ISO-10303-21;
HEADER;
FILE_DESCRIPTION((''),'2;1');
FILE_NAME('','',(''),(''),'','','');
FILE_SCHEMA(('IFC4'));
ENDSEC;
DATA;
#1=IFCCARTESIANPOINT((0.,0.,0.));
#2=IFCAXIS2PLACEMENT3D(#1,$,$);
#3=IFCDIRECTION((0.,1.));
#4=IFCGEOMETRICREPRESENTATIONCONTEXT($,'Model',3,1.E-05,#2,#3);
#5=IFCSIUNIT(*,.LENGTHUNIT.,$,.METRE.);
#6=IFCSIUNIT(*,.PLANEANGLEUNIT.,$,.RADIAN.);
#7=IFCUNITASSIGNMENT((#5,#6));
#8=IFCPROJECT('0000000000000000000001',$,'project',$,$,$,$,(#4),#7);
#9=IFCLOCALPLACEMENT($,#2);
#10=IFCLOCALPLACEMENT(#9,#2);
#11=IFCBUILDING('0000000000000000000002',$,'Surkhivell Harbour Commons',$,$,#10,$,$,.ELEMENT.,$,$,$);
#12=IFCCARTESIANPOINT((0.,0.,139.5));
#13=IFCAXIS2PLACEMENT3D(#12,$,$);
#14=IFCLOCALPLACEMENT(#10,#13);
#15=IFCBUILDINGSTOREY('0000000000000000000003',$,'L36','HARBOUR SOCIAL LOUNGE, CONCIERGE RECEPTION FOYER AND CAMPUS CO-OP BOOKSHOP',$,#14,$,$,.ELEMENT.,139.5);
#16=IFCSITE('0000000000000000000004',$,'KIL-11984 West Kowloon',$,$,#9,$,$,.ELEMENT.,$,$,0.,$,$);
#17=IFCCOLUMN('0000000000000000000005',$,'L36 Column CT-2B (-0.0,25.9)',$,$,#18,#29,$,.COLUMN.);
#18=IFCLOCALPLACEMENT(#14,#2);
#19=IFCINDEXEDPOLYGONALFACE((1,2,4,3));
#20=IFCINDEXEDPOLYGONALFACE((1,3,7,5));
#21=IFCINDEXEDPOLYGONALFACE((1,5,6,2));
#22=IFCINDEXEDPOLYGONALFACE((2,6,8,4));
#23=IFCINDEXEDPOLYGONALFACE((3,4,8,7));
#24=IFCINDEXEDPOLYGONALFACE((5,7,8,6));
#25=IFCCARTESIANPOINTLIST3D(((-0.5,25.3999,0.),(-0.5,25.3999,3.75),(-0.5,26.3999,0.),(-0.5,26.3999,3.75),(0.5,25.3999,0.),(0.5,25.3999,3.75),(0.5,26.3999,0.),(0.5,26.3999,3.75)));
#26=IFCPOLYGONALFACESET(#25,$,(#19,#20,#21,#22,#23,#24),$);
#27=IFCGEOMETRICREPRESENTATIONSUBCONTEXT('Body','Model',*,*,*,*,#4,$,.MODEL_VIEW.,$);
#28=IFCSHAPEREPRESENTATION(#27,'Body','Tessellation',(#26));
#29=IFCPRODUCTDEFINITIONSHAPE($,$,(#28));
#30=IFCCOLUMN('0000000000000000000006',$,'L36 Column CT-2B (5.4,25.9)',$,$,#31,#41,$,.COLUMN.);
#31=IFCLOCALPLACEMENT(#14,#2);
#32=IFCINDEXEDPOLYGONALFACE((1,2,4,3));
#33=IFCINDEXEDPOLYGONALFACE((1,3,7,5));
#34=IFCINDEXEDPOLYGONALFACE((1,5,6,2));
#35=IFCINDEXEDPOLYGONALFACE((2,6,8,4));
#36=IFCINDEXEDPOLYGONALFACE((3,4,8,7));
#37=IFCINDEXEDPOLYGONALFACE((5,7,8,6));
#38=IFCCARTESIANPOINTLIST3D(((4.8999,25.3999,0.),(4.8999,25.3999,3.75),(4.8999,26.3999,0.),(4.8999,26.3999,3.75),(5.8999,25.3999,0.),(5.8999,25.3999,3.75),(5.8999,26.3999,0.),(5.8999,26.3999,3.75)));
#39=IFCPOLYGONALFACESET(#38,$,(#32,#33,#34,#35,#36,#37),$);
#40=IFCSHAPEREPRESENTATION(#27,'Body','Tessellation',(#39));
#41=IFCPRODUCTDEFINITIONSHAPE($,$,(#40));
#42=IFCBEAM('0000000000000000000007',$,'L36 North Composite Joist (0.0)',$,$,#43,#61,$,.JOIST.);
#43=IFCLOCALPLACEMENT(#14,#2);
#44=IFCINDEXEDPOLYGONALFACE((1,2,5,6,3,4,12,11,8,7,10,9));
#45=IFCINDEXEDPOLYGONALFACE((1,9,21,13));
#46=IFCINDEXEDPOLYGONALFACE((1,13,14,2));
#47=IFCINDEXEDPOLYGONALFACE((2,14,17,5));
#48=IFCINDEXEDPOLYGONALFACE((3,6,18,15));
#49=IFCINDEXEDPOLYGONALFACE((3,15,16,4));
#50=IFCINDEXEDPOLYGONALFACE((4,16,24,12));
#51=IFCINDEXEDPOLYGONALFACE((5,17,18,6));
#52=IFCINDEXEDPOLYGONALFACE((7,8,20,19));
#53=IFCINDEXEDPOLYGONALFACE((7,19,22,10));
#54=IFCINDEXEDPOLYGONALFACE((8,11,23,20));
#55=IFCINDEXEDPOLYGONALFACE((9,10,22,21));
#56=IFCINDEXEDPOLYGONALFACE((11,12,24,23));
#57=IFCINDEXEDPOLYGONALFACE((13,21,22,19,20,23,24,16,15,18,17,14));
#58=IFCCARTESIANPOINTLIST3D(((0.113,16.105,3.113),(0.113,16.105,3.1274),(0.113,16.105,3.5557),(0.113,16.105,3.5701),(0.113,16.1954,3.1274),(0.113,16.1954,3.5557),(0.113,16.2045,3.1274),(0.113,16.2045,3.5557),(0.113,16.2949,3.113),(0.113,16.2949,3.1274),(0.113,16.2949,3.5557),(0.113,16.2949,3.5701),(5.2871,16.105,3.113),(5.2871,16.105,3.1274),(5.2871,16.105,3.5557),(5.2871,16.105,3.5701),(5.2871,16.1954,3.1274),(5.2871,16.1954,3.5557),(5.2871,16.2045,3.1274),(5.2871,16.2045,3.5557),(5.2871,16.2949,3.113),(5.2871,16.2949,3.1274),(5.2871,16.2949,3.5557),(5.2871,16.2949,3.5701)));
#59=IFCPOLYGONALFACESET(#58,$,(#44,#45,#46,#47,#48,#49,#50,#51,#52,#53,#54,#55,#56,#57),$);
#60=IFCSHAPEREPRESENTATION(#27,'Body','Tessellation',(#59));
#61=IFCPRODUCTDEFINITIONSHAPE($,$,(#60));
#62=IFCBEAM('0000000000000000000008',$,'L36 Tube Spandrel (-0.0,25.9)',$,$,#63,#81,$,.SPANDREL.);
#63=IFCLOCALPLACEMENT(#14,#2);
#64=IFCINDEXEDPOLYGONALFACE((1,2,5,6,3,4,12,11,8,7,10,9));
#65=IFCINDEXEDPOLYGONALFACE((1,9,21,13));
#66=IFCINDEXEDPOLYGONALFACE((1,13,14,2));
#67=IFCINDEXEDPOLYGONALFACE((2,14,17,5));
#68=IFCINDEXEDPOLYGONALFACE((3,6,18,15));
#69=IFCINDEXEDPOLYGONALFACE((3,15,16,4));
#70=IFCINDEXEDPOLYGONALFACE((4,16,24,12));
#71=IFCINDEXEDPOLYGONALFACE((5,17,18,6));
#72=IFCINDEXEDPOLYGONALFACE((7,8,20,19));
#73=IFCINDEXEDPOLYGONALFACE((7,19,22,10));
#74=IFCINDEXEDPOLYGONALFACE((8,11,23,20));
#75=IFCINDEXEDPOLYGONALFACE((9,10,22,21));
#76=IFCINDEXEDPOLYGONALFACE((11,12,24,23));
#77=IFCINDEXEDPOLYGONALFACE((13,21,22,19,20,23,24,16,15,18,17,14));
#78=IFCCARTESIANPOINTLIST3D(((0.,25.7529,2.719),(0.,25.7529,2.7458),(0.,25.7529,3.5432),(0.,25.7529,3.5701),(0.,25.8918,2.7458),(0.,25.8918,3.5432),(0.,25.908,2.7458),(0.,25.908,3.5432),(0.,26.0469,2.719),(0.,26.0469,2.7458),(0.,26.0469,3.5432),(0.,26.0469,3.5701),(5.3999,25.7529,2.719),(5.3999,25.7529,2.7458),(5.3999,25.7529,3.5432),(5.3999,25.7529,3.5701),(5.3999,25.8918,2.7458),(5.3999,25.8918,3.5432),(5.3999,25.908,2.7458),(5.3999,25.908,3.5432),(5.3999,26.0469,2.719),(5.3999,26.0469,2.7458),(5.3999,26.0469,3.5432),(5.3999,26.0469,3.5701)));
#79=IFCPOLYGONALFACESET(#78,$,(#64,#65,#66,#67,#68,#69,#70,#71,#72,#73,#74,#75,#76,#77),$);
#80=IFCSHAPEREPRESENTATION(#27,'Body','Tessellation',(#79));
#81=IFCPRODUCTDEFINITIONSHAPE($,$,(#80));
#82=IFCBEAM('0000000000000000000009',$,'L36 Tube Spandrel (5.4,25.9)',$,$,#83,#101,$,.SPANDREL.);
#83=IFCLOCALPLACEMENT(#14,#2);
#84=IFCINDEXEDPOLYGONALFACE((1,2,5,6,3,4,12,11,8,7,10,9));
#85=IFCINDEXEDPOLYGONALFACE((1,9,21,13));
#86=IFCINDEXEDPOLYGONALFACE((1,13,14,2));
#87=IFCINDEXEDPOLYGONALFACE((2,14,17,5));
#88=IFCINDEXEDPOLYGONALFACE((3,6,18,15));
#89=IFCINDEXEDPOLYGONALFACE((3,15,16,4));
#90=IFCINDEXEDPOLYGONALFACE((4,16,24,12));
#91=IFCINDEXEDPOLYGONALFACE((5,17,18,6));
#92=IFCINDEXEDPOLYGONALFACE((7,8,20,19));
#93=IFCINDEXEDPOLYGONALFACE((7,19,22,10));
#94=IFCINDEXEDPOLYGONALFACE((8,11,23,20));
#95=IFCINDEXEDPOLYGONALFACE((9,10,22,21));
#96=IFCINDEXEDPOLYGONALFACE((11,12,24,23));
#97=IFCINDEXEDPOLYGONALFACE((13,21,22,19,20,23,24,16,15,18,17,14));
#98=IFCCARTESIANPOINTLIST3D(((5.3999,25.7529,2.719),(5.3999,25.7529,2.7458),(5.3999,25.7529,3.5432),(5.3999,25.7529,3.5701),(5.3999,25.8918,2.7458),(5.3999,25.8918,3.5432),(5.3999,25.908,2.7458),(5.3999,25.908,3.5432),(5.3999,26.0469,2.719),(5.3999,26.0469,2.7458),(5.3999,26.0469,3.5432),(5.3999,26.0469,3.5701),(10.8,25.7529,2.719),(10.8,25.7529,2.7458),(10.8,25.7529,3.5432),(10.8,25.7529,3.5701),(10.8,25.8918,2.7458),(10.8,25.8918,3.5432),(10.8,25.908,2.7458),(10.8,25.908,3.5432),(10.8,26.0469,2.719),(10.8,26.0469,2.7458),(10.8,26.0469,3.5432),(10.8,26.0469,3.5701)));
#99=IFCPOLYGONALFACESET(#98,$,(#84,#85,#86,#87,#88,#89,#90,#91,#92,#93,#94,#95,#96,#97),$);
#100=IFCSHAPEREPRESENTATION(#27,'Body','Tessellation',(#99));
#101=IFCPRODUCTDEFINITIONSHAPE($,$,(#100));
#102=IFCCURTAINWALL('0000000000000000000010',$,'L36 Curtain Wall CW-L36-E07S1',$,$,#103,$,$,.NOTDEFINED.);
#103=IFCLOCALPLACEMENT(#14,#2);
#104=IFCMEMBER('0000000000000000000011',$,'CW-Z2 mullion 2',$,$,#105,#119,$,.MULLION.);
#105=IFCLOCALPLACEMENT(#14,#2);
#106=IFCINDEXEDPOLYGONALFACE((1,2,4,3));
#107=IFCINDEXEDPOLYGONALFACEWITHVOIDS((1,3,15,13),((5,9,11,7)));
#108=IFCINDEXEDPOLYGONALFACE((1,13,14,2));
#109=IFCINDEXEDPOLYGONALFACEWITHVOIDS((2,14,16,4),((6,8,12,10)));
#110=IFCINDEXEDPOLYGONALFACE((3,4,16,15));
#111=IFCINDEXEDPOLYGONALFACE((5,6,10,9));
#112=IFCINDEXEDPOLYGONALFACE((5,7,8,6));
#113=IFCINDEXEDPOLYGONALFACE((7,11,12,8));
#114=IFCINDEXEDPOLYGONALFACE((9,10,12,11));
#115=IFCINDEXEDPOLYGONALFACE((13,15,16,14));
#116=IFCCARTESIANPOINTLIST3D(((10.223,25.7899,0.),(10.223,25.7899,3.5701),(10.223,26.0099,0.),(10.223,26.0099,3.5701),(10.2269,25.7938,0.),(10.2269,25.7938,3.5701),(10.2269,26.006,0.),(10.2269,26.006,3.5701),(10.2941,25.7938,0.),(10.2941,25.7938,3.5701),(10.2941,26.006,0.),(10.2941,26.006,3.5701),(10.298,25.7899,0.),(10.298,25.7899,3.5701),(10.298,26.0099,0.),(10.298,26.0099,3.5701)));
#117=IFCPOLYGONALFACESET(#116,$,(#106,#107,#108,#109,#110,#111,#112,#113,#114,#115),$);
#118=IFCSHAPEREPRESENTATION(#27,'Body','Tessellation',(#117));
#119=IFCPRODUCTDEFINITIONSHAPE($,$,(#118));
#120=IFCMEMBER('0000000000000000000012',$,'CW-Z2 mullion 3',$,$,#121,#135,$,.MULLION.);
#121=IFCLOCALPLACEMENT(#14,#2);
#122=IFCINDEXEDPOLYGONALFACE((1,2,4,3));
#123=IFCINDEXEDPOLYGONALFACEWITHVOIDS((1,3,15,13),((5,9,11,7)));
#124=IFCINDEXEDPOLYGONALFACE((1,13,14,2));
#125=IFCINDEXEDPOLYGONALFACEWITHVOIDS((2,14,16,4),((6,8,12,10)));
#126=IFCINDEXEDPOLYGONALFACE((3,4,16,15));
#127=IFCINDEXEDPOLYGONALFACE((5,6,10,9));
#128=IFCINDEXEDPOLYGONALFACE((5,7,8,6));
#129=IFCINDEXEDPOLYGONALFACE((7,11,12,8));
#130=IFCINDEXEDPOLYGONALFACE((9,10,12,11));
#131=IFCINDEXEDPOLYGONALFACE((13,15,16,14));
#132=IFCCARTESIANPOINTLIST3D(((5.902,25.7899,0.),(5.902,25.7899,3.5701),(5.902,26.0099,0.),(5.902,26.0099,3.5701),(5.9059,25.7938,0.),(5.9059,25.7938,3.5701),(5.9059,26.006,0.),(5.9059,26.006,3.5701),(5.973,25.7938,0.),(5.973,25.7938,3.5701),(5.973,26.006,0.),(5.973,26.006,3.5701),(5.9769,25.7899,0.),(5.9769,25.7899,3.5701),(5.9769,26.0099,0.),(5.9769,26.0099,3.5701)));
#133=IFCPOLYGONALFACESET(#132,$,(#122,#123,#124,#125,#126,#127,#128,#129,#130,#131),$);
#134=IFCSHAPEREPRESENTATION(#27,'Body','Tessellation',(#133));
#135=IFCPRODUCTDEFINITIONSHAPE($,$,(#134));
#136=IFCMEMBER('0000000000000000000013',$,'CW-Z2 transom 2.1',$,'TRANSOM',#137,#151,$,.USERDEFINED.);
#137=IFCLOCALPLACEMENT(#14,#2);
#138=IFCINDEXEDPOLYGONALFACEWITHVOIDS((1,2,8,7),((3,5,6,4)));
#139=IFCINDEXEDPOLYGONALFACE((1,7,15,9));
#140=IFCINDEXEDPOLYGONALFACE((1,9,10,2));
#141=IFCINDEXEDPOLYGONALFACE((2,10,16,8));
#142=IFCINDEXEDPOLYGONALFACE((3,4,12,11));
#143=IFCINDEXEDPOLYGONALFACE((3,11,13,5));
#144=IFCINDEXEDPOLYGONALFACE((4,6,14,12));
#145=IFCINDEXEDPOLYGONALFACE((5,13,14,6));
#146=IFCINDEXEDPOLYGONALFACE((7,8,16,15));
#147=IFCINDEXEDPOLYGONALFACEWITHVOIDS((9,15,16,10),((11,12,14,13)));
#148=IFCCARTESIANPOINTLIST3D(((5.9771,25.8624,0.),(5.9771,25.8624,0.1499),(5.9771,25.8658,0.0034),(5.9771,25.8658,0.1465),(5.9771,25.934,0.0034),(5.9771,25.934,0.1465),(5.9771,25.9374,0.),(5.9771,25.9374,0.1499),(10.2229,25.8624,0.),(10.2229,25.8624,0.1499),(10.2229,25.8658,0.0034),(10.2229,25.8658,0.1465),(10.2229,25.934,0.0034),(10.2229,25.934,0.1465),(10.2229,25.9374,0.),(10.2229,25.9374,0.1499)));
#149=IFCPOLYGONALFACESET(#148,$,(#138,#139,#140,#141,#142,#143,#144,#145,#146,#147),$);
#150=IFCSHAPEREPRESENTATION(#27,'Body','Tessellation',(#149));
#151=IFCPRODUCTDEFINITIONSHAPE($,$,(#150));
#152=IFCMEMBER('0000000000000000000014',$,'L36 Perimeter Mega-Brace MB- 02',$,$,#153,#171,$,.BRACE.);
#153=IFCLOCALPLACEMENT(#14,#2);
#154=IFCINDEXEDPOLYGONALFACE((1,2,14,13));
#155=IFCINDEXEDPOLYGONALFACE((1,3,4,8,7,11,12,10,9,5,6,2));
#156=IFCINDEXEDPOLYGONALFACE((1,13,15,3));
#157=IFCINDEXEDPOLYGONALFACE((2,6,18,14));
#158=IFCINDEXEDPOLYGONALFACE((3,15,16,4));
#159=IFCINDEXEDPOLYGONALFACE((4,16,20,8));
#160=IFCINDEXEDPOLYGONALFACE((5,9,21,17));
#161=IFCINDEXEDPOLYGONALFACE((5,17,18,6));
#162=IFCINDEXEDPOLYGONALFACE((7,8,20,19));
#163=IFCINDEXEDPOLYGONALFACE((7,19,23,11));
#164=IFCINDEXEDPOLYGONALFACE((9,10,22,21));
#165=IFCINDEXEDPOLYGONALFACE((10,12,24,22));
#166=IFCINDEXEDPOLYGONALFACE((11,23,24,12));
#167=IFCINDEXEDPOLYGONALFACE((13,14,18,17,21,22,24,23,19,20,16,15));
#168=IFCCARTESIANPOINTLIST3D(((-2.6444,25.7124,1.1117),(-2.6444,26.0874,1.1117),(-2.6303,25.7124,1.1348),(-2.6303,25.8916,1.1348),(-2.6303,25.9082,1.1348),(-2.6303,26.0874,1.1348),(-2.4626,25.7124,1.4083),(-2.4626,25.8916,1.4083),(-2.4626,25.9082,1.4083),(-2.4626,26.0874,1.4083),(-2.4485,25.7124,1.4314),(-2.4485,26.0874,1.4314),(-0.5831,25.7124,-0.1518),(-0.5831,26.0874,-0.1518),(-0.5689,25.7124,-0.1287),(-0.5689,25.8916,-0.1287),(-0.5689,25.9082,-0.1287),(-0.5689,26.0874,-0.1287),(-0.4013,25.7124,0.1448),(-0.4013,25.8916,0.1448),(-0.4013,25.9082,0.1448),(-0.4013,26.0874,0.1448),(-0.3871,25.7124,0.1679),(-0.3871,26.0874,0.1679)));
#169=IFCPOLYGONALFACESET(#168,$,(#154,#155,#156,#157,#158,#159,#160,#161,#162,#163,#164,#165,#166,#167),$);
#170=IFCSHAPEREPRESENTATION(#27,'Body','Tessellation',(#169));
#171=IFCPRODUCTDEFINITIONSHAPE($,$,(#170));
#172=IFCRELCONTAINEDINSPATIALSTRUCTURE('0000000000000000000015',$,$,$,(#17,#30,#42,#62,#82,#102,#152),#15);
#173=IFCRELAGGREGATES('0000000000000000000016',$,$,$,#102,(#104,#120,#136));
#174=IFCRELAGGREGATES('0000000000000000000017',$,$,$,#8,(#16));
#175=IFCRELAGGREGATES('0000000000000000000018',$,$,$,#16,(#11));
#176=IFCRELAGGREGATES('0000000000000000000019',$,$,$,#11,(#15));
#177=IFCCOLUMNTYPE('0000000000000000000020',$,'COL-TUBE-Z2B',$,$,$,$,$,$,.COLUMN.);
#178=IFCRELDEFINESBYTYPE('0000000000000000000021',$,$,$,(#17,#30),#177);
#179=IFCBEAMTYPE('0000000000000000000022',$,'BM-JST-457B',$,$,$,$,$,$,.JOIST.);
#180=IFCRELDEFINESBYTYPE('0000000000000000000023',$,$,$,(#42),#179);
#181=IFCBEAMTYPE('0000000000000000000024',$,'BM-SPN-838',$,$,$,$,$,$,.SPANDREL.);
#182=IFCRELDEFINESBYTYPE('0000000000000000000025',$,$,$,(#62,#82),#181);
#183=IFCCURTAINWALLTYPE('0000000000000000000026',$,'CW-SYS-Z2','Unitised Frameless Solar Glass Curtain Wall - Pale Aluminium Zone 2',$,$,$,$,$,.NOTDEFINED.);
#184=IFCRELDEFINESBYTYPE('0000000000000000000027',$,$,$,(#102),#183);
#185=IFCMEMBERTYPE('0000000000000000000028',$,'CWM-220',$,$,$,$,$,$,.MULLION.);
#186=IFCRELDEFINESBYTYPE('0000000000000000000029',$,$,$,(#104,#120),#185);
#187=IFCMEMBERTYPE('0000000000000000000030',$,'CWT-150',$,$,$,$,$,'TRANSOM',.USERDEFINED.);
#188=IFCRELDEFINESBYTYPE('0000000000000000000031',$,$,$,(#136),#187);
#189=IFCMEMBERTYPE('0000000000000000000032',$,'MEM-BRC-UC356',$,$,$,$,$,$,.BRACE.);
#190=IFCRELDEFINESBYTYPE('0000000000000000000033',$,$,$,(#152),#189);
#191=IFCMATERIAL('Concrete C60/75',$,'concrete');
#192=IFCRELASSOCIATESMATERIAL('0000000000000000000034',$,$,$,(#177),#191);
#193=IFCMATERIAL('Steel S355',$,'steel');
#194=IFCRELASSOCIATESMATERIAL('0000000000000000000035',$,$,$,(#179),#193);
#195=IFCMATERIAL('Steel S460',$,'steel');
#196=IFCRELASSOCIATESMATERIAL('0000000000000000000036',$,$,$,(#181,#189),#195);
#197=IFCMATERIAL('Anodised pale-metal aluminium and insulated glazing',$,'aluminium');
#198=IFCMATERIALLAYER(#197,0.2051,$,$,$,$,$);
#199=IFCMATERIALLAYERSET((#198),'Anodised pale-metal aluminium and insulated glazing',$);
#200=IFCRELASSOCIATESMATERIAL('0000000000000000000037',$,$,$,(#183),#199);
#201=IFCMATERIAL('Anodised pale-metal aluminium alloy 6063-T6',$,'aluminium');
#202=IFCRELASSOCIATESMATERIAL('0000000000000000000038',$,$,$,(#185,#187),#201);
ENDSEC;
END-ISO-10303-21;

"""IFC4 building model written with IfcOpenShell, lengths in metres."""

from ifc_helpers import new_model, si_unit, direction, frame, origin, origin_2d, place, context, subcontext, project, spatial, rectangle, hollow_rectangle, i_section, extrude, material, layer, layer_set, material_profile, profile_set, type_object, element, aggregate, save


model = new_model("IFC4")

# Units and contexts
model_context = context("Model", 3, precision=1e-05, world=origin(), true_north=direction((0.0, 1.0)))
body_context = subcontext(model_context, "Body", "Model", "MODEL_VIEW")
ifc_project = project(units=[si_unit("LENGTHUNIT", "METRE"), si_unit("PLANEANGLEUNIT", "RADIAN")], contexts=[model_context])

# Site, building, storey
site_placement = place(None, origin())
site = spatial("IfcSite", under=ifc_project, at=site_placement, Name="KIL-11984 West Kowloon", CompositionType="ELEMENT", RefElevation=0.0)
building_placement = place(site_placement, origin())
building = spatial("IfcBuilding", under=site, at=building_placement, Name="Surkhivell Harbour Commons", CompositionType="ELEMENT")
storey_placement = place(building_placement, frame((0.0, 0.0, 139.5)))
storey = spatial("IfcBuildingStorey", under=building, at=storey_placement, Name="L36", Description="HARBOUR SOCIAL LOUNGE, CONCIERGE RECEPTION FOYER AND CAMPUS CO-OP BOOKSHOP", CompositionType="ELEMENT", Elevation=139.5)

# Columns
ifc_material_1 = material(Name="Concrete C60/75", Category="concrete")
ifc_material_profile_1 = material_profile(ifc_material_1, rectangle(XDim=1.0, YDim=1.0, at=origin_2d()), Name="RC-COL-1000x1000")
ifc_profile_set_1 = profile_set([ifc_material_profile_1], Name="Concrete C60/75")
column_type = type_object("IfcColumnType", Name="COL-TUBE-Z2B", PredefinedType="COLUMN", material=ifc_profile_set_1)
for number, where, z_axis, x_axis, name in (
    (1, (0.0, 25.8999, 0.0), (0.0, 0.0, 1.0), (1.0, 0.0, 0.0), "L36 Column CT-2B (-0.0,25.9)"),
    (2, (5.3999, 25.8999, 0.0), (0.0, 0.0, 1.0), (1.0, 0.0, 0.0), "L36 Column CT-2B (5.4,25.9)"),
):
    element("IfcColumn", number, at=place(storey_placement, frame(where, z_axis=z_axis, x_axis=x_axis)), inside=storey, type_object=column_type, Name=name, PredefinedType="COLUMN", context=body_context, shape_type="SweptSolid", body=[
        extrude(rectangle(XDim=1.0, YDim=1.0, at=origin_2d()), origin(), (0.0, 0.0, 1.0), 3.75),
    ])

# Beams
ifc_material_2 = material(Name="Steel S355", Category="steel")
ifc_material_profile_2 = material_profile(ifc_material_2, i_section(OverallWidth=0.1899, OverallDepth=0.457, WebThickness=0.009, FlangeThickness=0.0144, at=origin_2d()), Name="UB457x191x74")
ifc_profile_set_2 = profile_set([ifc_material_profile_2], Name="Steel S355")
beam_type_1 = type_object("IfcBeamType", Name="BM-JST-457B", PredefinedType="JOIST", material=ifc_profile_set_2)
beam_1_placement = place(storey_placement, frame((0.113, 16.2, 3.3416), z_axis=(1.0, 0.0, 0.0), x_axis=(0.0, 1.0, 0.0)))
element("IfcBeam", 3, at=beam_1_placement, inside=storey, type_object=beam_type_1, Name="L36 North Composite Joist (0.0)", PredefinedType="JOIST", context=body_context, shape_type="SweptSolid", body=[
    extrude(i_section(OverallWidth=0.1899, OverallDepth=0.457, WebThickness=0.009, FlangeThickness=0.0144, at=origin_2d()), origin(), (0.0, 0.0, 1.0), 5.1741),
])
ifc_material_3 = material(Name="Steel S460", Category="steel")
ifc_material_profile_3 = material_profile(ifc_material_3, i_section(OverallWidth=0.2939, OverallDepth=0.8511, WebThickness=0.0161, FlangeThickness=0.0269, at=origin_2d()), Name="UB838x292x226")
ifc_profile_set_3 = profile_set([ifc_material_profile_3], Name="Steel S460")
beam_type_2 = type_object("IfcBeamType", Name="BM-SPN-838", PredefinedType="SPANDREL", material=ifc_profile_set_3)
beam_2_placement = place(storey_placement, frame((0.0, 25.8999, 3.1445), z_axis=(1.0, 0.0, 0.0), x_axis=(0.0, 1.0, 0.0)))
element("IfcBeam", 4, at=beam_2_placement, inside=storey, type_object=beam_type_2, Name="L36 Tube Spandrel (-0.0,25.9)", PredefinedType="SPANDREL", context=body_context, shape_type="SweptSolid", body=[
    extrude(i_section(OverallWidth=0.2939, OverallDepth=0.8511, WebThickness=0.0161, FlangeThickness=0.0269, at=origin_2d()), origin(), (0.0, 0.0, 1.0), 5.3999),
])
beam_3_placement = place(storey_placement, frame((5.3999, 25.8999, 3.1445), z_axis=(1.0, 0.0, 0.0), x_axis=(0.0, 1.0, 0.0)))
element("IfcBeam", 5, at=beam_3_placement, inside=storey, type_object=beam_type_2, Name="L36 Tube Spandrel (5.4,25.9)", PredefinedType="SPANDREL", context=body_context, shape_type="SweptSolid", body=[
    extrude(i_section(OverallWidth=0.2939, OverallDepth=0.8511, WebThickness=0.0161, FlangeThickness=0.0269, at=origin_2d()), origin(), (0.0, 0.0, 1.0), 5.4001),
])

# Curtain wall, members
ifc_material_4 = material(Name="Anodised pale-metal aluminium and insulated glazing", Category="aluminium")
ifc_layer_1 = layer(ifc_material_4, 0.2051)
ifc_layer_set_1 = layer_set([ifc_layer_1], Name="Anodised pale-metal aluminium and insulated glazing")
curtain_wall_type = type_object("IfcCurtainWallType", Name="CW-SYS-Z2", Description="Unitised Frameless Solar Glass Curtain Wall - Pale Aluminium Zone 2", PredefinedType="NOTDEFINED", material=ifc_layer_set_1)
curtain_wall_placement = place(storey_placement, origin())
curtain_wall = element("IfcCurtainWall", 6, at=curtain_wall_placement, inside=storey, type_object=curtain_wall_type, Name="L36 Curtain Wall CW-L36-E07S1", PredefinedType="NOTDEFINED")
ifc_material_5 = material(Name="Anodised pale-metal aluminium alloy 6063-T6", Category="aluminium")
ifc_material_profile_4 = material_profile(ifc_material_5, hollow_rectangle(XDim=0.075, YDim=0.22, WallThickness=0.0039, at=origin_2d()), Name="ALU-MULL-75x220")
ifc_profile_set_4 = profile_set([ifc_material_profile_4], Name="Anodised pale-metal aluminium alloy 6063-T6")
member_type_1 = type_object("IfcMemberType", Name="CWM-220", PredefinedType="MULLION", material=ifc_profile_set_4)
member_1_placement = place(storey_placement, frame((10.2605, 25.8999, 0.0), z_axis=(0.0, 0.0, 1.0), x_axis=(-1.0, 0.0, 0.0)))
member_1 = element("IfcMember", 7, at=member_1_placement, type_object=member_type_1, Name="CW-Z2 mullion 2", PredefinedType="MULLION", context=body_context, shape_type="SweptSolid", body=[
    extrude(hollow_rectangle(XDim=0.075, YDim=0.22, WallThickness=0.0039, at=origin_2d()), origin(), (0.0, 0.0, 1.0), 3.5701),
])
member_2_placement = place(storey_placement, frame((5.9395, 25.8999, 0.0), z_axis=(0.0, 0.0, 1.0), x_axis=(-1.0, 0.0, 0.0)))
member_2 = element("IfcMember", 8, at=member_2_placement, type_object=member_type_1, Name="CW-Z2 mullion 3", PredefinedType="MULLION", context=body_context, shape_type="SweptSolid", body=[
    extrude(hollow_rectangle(XDim=0.075, YDim=0.22, WallThickness=0.0039, at=origin_2d()), origin(), (0.0, 0.0, 1.0), 3.5701),
])
ifc_material_profile_5 = material_profile(ifc_material_5, hollow_rectangle(XDim=0.075, YDim=0.1499, WallThickness=0.0034, at=origin_2d()), Name="ALU-TRAN-75x150")
ifc_profile_set_5 = profile_set([ifc_material_profile_5], Name="Anodised pale-metal aluminium alloy 6063-T6")
member_type_2 = type_object("IfcMemberType", Name="CWT-150", ElementType="TRANSOM", PredefinedType="USERDEFINED", material=ifc_profile_set_5)
member_3_placement = place(storey_placement, frame((10.2229, 25.8999, 0.075), z_axis=(-1.0, 0.0, 0.0), x_axis=(0.0, -1.0, 0.0)))
member_3 = element("IfcMember", 9, at=member_3_placement, type_object=member_type_2, Name="CW-Z2 transom 2.1", ObjectType="TRANSOM", PredefinedType="USERDEFINED", context=body_context, shape_type="SweptSolid", body=[
    extrude(hollow_rectangle(XDim=0.075, YDim=0.1499, WallThickness=0.0034, at=origin_2d()), origin(), (0.0, 0.0, 1.0), 4.2458),
])

# Member
ifc_material_profile_6 = material_profile(ifc_material_3, i_section(OverallWidth=0.375, OverallDepth=0.375, WebThickness=0.0166, FlangeThickness=0.0271, at=origin_2d()), Name="UC356x368x202")
ifc_profile_set_6 = profile_set([ifc_material_profile_6], Name="Steel S460")
member_type_3 = type_object("IfcMemberType", Name="MEM-BRC-UC356", PredefinedType="BRACE", material=ifc_profile_set_6)
member_4_placement = place(storey_placement, frame((-0.4851, 25.8999, 0.0081), z_axis=(-0.85259, 0.0, 0.522581), x_axis=(0.0, -1.0, 0.0)))
element("IfcMember", 10, at=member_4_placement, inside=storey, type_object=member_type_3, Name="L36 Perimeter Mega-Brace MB- 02", PredefinedType="BRACE", context=body_context, shape_type="SweptSolid", body=[
    extrude(i_section(OverallWidth=0.375, OverallDepth=0.375, WebThickness=0.0166, FlangeThickness=0.0271, at=origin_2d()), origin(), (0.0, 0.0, 1.0), 2.4177),
])

aggregate(curtain_wall, [member_1, member_2, member_3])

save(model, "model.ifc")
